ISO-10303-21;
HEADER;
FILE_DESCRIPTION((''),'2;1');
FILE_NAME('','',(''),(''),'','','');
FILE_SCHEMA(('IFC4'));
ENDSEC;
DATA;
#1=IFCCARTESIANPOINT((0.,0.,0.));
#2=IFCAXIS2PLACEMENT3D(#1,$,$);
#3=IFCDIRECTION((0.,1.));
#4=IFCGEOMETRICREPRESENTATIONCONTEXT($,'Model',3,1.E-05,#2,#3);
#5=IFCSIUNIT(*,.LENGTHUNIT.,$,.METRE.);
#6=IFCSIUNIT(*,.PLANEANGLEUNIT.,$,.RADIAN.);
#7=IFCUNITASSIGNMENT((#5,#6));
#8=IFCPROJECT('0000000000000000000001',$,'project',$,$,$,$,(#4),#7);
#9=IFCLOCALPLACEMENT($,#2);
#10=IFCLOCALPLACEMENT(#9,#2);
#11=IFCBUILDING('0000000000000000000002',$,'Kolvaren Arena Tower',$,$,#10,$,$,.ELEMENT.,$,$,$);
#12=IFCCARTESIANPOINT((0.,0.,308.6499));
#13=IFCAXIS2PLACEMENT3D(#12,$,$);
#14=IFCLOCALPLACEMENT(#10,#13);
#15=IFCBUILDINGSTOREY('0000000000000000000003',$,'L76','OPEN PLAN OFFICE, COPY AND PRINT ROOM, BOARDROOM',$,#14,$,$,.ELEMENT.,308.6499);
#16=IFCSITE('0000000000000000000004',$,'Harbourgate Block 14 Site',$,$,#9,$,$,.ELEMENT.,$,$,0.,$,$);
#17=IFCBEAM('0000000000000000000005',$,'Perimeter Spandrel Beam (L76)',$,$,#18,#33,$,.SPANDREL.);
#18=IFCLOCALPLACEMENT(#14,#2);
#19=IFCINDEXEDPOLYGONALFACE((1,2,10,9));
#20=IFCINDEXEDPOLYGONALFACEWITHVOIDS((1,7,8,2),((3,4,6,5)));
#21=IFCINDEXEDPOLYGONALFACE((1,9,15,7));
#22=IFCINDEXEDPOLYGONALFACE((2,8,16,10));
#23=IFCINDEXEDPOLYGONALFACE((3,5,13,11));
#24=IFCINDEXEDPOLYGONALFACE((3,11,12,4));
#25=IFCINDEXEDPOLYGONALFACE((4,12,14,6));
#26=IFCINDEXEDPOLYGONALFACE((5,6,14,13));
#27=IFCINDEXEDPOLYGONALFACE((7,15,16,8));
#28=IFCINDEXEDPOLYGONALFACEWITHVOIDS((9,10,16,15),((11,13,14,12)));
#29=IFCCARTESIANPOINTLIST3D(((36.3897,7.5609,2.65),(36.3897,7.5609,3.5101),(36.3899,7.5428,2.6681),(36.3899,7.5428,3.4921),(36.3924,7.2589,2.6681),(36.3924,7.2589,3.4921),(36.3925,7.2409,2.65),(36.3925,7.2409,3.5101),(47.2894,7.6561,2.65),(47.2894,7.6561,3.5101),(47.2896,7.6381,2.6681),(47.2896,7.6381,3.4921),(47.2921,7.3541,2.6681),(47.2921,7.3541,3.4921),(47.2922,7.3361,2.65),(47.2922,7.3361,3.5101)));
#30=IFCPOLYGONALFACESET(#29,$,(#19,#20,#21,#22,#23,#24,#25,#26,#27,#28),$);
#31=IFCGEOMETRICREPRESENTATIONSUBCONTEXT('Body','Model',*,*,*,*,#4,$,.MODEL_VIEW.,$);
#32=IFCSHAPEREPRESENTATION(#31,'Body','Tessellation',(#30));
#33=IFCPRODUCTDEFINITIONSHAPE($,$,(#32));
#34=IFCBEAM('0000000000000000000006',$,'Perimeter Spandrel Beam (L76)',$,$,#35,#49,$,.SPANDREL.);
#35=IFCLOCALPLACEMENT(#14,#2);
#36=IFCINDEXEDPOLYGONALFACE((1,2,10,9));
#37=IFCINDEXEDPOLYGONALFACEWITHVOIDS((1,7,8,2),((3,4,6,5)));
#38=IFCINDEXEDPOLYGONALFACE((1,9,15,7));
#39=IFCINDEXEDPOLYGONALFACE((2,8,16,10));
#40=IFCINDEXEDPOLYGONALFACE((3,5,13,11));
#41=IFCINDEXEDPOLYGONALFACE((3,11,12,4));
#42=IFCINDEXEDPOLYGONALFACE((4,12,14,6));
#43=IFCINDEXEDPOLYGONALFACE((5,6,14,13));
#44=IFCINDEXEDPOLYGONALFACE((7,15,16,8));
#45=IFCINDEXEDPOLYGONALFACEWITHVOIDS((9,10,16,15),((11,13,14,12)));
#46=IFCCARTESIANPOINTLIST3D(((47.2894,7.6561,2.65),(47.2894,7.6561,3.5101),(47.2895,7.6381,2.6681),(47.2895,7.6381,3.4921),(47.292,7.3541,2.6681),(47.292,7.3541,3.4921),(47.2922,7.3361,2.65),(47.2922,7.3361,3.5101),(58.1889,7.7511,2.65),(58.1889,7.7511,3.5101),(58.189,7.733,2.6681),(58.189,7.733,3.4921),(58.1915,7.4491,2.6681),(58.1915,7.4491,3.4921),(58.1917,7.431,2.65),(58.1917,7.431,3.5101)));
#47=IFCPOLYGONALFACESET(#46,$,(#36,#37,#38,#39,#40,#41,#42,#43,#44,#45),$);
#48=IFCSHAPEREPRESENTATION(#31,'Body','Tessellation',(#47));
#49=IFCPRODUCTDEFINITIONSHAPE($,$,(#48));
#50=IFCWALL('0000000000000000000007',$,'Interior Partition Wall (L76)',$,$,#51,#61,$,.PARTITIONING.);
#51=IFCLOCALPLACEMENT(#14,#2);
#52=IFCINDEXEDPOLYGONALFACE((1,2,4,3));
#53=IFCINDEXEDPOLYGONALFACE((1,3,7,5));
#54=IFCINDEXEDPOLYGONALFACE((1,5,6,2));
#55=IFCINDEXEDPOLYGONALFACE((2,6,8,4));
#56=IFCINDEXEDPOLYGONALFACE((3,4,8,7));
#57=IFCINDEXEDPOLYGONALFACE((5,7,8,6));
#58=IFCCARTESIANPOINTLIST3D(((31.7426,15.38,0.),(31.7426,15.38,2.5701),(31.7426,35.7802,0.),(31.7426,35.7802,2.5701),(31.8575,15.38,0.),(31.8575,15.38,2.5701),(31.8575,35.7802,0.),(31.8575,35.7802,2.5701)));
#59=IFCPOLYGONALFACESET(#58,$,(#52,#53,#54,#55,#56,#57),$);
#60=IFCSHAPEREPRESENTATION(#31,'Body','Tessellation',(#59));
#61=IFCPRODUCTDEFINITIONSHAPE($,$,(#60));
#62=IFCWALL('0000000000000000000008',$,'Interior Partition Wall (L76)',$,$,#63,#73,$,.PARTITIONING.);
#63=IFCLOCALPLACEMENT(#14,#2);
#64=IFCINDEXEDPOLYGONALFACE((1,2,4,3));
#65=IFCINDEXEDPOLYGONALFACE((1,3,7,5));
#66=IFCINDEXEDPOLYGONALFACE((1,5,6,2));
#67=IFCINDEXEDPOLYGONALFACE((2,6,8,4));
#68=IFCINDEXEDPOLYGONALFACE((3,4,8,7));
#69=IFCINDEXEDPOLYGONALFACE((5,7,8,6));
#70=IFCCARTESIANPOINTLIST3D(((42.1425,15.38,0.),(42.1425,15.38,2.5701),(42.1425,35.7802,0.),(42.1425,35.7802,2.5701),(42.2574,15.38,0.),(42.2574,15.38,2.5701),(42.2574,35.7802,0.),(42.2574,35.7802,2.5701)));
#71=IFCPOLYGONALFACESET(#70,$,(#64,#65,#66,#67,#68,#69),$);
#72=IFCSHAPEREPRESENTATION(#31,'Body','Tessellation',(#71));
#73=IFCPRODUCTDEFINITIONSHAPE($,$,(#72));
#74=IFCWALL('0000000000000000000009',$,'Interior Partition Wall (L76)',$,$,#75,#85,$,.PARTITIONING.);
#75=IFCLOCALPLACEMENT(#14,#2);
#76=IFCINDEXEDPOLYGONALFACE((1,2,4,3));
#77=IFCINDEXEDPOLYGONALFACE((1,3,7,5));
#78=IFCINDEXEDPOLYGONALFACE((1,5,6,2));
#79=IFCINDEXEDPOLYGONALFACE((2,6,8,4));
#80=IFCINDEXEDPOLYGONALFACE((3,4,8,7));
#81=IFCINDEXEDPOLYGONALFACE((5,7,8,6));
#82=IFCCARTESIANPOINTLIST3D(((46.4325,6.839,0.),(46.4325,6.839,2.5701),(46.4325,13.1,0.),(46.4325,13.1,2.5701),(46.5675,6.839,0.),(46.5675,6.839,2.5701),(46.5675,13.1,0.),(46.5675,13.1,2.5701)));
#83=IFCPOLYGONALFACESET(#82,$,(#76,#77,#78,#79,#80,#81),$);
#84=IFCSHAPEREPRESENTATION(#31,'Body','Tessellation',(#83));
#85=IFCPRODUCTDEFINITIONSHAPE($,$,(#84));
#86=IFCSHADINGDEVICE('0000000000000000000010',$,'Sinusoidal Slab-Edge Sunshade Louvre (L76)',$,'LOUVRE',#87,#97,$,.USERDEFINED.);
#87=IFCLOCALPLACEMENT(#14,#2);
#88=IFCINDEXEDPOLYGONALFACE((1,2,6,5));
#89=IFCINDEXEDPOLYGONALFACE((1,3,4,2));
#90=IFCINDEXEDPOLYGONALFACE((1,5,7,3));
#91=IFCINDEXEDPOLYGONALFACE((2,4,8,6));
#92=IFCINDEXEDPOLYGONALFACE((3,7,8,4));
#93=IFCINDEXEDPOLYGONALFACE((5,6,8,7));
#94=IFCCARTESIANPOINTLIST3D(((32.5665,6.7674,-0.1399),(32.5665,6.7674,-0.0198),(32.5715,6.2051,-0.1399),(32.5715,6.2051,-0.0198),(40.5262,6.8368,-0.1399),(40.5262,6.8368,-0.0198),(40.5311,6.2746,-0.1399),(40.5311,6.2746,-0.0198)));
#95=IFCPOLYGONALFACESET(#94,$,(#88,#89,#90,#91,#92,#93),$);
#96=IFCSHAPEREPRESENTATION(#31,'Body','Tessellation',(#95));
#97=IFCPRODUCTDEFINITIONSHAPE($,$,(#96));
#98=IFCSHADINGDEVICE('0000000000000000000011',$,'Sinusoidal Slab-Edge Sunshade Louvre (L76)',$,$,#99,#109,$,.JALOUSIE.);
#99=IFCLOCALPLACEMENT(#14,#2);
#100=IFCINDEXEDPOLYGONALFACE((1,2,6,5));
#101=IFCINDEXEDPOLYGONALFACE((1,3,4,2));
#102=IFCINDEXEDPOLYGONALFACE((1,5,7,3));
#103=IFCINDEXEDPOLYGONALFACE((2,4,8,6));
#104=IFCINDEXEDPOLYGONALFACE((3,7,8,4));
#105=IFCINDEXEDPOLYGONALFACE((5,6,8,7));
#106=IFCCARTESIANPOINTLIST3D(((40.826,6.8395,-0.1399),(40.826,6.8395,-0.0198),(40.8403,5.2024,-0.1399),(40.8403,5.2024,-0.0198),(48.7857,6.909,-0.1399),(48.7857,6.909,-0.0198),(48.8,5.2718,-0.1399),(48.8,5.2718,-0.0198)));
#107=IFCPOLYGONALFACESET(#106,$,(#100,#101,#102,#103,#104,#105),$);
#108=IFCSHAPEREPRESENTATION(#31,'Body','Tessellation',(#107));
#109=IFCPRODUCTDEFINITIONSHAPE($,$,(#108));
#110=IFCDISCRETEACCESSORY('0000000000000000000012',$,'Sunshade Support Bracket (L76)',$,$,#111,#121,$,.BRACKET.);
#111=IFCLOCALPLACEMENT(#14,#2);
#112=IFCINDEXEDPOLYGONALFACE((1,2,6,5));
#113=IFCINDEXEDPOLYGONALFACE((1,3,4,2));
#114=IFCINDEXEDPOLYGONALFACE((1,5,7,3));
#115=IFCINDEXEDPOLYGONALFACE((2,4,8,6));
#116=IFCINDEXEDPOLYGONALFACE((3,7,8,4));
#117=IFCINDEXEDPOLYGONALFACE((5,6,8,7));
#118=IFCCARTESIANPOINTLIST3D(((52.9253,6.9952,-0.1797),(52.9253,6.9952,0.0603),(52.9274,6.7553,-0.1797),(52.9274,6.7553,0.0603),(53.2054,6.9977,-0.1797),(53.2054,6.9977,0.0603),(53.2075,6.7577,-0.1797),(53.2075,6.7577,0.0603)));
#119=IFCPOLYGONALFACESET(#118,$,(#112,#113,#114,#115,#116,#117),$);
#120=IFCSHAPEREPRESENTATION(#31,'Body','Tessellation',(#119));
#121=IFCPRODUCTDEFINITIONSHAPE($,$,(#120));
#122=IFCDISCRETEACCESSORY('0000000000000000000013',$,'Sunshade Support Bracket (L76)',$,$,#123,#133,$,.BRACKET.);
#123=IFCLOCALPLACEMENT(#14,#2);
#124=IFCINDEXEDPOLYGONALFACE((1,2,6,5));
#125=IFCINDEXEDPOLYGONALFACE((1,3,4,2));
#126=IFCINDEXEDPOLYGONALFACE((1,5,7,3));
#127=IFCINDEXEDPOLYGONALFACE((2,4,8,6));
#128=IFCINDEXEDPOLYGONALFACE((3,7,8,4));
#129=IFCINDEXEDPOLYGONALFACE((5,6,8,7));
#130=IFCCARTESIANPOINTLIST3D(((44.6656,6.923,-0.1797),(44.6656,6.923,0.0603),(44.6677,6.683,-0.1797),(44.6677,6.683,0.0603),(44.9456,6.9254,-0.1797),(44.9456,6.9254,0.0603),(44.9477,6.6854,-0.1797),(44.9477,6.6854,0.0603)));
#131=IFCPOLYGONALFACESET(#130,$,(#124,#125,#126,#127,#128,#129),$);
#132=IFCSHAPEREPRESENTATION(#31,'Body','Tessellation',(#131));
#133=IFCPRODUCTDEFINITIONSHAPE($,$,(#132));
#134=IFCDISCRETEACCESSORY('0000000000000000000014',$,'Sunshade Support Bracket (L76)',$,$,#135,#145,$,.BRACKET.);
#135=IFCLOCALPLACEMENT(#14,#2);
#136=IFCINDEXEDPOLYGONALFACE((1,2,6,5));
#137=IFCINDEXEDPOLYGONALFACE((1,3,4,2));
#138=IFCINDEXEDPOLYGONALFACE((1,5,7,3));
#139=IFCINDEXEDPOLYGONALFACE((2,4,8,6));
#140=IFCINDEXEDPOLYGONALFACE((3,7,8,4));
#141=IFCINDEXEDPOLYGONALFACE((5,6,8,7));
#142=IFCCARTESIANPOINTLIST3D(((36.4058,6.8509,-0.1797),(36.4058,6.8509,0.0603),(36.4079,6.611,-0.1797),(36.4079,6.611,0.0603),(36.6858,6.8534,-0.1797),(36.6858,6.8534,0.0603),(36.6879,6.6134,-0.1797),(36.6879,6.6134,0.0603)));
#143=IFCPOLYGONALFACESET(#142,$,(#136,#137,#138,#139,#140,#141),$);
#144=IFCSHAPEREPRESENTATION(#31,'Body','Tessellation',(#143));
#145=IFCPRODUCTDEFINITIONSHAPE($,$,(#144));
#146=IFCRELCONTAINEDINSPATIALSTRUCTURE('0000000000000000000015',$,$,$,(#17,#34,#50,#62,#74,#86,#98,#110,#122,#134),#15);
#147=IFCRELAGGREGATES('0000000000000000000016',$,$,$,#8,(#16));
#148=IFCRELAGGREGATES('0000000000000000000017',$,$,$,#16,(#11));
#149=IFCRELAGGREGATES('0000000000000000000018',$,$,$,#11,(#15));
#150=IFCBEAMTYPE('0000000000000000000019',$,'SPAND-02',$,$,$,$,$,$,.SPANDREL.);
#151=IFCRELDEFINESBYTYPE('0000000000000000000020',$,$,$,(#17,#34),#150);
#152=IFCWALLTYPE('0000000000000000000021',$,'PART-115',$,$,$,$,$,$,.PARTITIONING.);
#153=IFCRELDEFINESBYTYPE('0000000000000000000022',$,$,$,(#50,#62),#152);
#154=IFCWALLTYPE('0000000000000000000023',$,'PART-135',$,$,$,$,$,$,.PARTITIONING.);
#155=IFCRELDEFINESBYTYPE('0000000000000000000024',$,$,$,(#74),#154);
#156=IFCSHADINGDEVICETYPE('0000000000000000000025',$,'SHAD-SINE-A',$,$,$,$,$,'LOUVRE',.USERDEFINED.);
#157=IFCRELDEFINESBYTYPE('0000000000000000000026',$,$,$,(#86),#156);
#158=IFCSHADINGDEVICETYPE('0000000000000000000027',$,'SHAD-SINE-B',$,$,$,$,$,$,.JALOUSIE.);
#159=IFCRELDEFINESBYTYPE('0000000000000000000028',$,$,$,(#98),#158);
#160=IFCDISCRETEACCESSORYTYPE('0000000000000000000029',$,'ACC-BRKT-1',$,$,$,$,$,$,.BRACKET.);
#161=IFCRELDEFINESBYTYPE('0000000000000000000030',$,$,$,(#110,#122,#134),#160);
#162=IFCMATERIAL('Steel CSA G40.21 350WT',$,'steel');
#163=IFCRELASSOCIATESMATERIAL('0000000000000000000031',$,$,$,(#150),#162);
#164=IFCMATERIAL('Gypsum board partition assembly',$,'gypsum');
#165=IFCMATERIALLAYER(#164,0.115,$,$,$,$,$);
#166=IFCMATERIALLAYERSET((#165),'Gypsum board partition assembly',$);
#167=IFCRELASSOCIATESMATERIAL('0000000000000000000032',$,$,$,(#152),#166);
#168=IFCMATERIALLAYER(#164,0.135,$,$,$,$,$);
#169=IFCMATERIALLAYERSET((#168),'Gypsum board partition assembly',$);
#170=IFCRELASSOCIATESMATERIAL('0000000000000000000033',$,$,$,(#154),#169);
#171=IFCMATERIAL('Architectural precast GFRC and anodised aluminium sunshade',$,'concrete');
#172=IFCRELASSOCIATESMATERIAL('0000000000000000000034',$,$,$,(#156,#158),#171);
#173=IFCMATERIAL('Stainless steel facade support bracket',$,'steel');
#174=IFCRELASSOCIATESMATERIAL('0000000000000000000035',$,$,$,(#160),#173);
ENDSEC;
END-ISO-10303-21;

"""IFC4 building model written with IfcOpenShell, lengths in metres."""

from ifc_helpers import new_model, si_unit, direction, frame, frame_2d, origin, origin_2d, place, context, subcontext, project, spatial, rectangle, hollow_rectangle, extrude, material, layer, layer_set, material_profile, profile_set, type_object, element, save


model = new_model("IFC4")

# Units and contexts
model_context = context("Model", 3, precision=1e-05, world=origin(), true_north=direction((0.0, 1.0)))
body_context = subcontext(model_context, "Body", "Model", "MODEL_VIEW")
ifc_project = project(units=[si_unit("LENGTHUNIT", "METRE"), si_unit("PLANEANGLEUNIT", "RADIAN")], contexts=[model_context])

# Site, building, storey
site_placement = place(None, origin())
site = spatial("IfcSite", under=ifc_project, at=site_placement, Name="Harbourgate Block 14 Site", CompositionType="ELEMENT", RefElevation=0.0)
building_placement = place(site_placement, origin())
building = spatial("IfcBuilding", under=site, at=building_placement, Name="Kolvaren Arena Tower", CompositionType="ELEMENT")
storey_placement = place(building_placement, frame((0.0, 0.0, 308.6499)))
storey = spatial("IfcBuildingStorey", under=building, at=storey_placement, Name="L76", Description="OPEN PLAN OFFICE, COPY AND PRINT ROOM, BOARDROOM", CompositionType="ELEMENT", Elevation=308.6499)

# Beams
ifc_material_1 = material(Name="Steel CSA G40.21 350WT", Category="steel")
ifc_material_profile_1 = material_profile(ifc_material_1, hollow_rectangle(XDim=0.3201, YDim=0.8601, WallThickness=0.0181, at=origin_2d()), Name="HSS 860x320x18")
ifc_profile_set_1 = profile_set([ifc_material_profile_1], Name="Steel CSA G40.21 350WT")
beam_type_1 = type_object("IfcBeamType", Name="SPAND-02", PredefinedType="SPANDREL", material=ifc_profile_set_1)
beam_1_placement = place(storey_placement, frame((36.3911, 7.4009, 3.0801), z_axis=(0.999962, 0.008735, 0.0), x_axis=(-0.008735, 0.999962, 0.0)))
element("IfcBeam", 1, at=beam_1_placement, inside=storey, type_object=beam_type_1, Name="Perimeter Spandrel Beam (L76)", PredefinedType="SPANDREL", context=body_context, shape_type="SweptSolid", body=[
    extrude(hollow_rectangle(XDim=0.3201, YDim=0.8601, WallThickness=0.0181, at=origin_2d()), origin(), (0.0, 0.0, 1.0), 10.9001),
])
beam_2_placement = place(storey_placement, frame((47.2908, 7.4961, 3.0801), z_axis=(0.999962, 0.008713, 0.0), x_axis=(-0.008713, 0.999962, 0.0)))
element("IfcBeam", 2, at=beam_2_placement, inside=storey, type_object=beam_type_1, Name="Perimeter Spandrel Beam (L76)", PredefinedType="SPANDREL", context=body_context, shape_type="SweptSolid", body=[
    extrude(hollow_rectangle(XDim=0.3201, YDim=0.8601, WallThickness=0.0181, at=origin_2d()), origin(), (0.0, 0.0, 1.0), 10.8999),
])

# Walls
ifc_material_2 = material(Name="Gypsum board partition assembly", Category="gypsum")
ifc_layer_1 = layer(ifc_material_2, 0.115)
ifc_layer_set_1 = layer_set([ifc_layer_1], Name="Gypsum board partition assembly")
wall_type_1 = type_object("IfcWallType", Name="PART-115", PredefinedType="PARTITIONING", material=ifc_layer_set_1)
for number, where, z_axis, x_axis, name in (
    (3, (31.8, 15.3799, 0.0), (0.0, 0.0, 1.0), (0.0, 1.0, 0.0), "Interior Partition Wall (L76)"),
    (4, (42.2, 15.3799, 0.0), (0.0, 0.0, 1.0), (0.0, 1.0, 0.0), "Interior Partition Wall (L76)"),
):
    element("IfcWall", number, at=place(storey_placement, frame(where, z_axis=z_axis, x_axis=x_axis)), inside=storey, type_object=wall_type_1, Name=name, PredefinedType="PARTITIONING", context=body_context, shape_type="SweptSolid", body=[
        extrude(rectangle(XDim=20.4001, YDim=0.115, at=frame_2d((10.2002, 0.0))), origin(), (0.0, 0.0, 1.0), 2.5701),
    ])
ifc_layer_2 = layer(ifc_material_2, 0.135)
ifc_layer_set_2 = layer_set([ifc_layer_2], Name="Gypsum board partition assembly")
wall_type_2 = type_object("IfcWallType", Name="PART-135", PredefinedType="PARTITIONING", material=ifc_layer_set_2)
wall_placement = place(storey_placement, frame((46.5, 6.8391, 0.0), z_axis=(0.0, 0.0, 1.0), x_axis=(0.0, 1.0, 0.0)))
element("IfcWall", 5, at=wall_placement, inside=storey, type_object=wall_type_2, Name="Interior Partition Wall (L76)", PredefinedType="PARTITIONING", context=body_context, shape_type="SweptSolid", body=[
    extrude(rectangle(XDim=6.261, YDim=0.135, at=frame_2d((3.1304, 0.0))), origin(), (0.0, 0.0, 1.0), 2.5701),
])

# Shading devices
ifc_material_3 = material(Name="Architectural precast GFRC and anodised aluminium sunshade", Category="concrete")
shading_device_type_1 = type_object("IfcShadingDeviceType", Name="SHAD-SINE-A", ElementType="LOUVRE", PredefinedType="USERDEFINED", material=ifc_material_3)
shading_device_1_placement = place(storey_placement, frame((36.5488, 6.521, -0.1399), z_axis=(0.0, 0.0, 1.0), x_axis=(-0.999962, -0.008727, 0.0)))
element("IfcShadingDevice", 6, at=shading_device_1_placement, inside=storey, type_object=shading_device_type_1, Name="Sinusoidal Slab-Edge Sunshade Louvre (L76)", ObjectType="LOUVRE", PredefinedType="USERDEFINED", context=body_context, shape_type="SweptSolid", body=[
    extrude(rectangle(XDim=7.96, YDim=0.5623, at=origin_2d()), origin(), (0.0, 0.0, 1.0), 0.1201),
])
shading_device_type_2 = type_object("IfcShadingDeviceType", Name="SHAD-SINE-B", PredefinedType="JALOUSIE", material=ifc_material_3)
shading_device_2_placement = place(storey_placement, frame((44.813, 6.0557, -0.1399), z_axis=(0.0, 0.0, 1.0), x_axis=(-0.999962, -0.008727, 0.0)))
element("IfcShadingDevice", 7, at=shading_device_2_placement, inside=storey, type_object=shading_device_type_2, Name="Sinusoidal Slab-Edge Sunshade Louvre (L76)", PredefinedType="JALOUSIE", context=body_context, shape_type="SweptSolid", body=[
    extrude(rectangle(XDim=7.96, YDim=1.6372, at=origin_2d()), origin(), (0.0, 0.0, 1.0), 0.1201),
])

# Discrete accessories
ifc_material_4 = material(Name="Stainless steel facade support bracket", Category="steel")
discrete_accessory_type = type_object("IfcDiscreteAccessoryType", Name="ACC-BRKT-1", PredefinedType="BRACKET", material=ifc_material_4)
for number, where, z_axis, x_axis, name in (
    (8, (53.0664, 6.8765, -0.1797), (0.0, 0.0, 1.0), (-0.999962, -0.008727, 0.0), "Sunshade Support Bracket (L76)"),
    (9, (44.8066, 6.8042, -0.1797), (0.0, 0.0, 1.0), (-0.999962, -0.008727, 0.0), "Sunshade Support Bracket (L76)"),
    (10, (36.5469, 6.7322, -0.1797), (0.0, 0.0, 1.0), (-0.999962, -0.008727, 0.0), "Sunshade Support Bracket (L76)"),
):
    element("IfcDiscreteAccessory", number, at=place(storey_placement, frame(where, z_axis=z_axis, x_axis=x_axis)), inside=storey, type_object=discrete_accessory_type, Name=name, PredefinedType="BRACKET", context=body_context, shape_type="SweptSolid", body=[
        extrude(rectangle(XDim=0.28, YDim=0.24, at=origin_2d()), origin(), (0.0, 0.0, 1.0), 0.24),
    ])

save(model, "model.ifc")
